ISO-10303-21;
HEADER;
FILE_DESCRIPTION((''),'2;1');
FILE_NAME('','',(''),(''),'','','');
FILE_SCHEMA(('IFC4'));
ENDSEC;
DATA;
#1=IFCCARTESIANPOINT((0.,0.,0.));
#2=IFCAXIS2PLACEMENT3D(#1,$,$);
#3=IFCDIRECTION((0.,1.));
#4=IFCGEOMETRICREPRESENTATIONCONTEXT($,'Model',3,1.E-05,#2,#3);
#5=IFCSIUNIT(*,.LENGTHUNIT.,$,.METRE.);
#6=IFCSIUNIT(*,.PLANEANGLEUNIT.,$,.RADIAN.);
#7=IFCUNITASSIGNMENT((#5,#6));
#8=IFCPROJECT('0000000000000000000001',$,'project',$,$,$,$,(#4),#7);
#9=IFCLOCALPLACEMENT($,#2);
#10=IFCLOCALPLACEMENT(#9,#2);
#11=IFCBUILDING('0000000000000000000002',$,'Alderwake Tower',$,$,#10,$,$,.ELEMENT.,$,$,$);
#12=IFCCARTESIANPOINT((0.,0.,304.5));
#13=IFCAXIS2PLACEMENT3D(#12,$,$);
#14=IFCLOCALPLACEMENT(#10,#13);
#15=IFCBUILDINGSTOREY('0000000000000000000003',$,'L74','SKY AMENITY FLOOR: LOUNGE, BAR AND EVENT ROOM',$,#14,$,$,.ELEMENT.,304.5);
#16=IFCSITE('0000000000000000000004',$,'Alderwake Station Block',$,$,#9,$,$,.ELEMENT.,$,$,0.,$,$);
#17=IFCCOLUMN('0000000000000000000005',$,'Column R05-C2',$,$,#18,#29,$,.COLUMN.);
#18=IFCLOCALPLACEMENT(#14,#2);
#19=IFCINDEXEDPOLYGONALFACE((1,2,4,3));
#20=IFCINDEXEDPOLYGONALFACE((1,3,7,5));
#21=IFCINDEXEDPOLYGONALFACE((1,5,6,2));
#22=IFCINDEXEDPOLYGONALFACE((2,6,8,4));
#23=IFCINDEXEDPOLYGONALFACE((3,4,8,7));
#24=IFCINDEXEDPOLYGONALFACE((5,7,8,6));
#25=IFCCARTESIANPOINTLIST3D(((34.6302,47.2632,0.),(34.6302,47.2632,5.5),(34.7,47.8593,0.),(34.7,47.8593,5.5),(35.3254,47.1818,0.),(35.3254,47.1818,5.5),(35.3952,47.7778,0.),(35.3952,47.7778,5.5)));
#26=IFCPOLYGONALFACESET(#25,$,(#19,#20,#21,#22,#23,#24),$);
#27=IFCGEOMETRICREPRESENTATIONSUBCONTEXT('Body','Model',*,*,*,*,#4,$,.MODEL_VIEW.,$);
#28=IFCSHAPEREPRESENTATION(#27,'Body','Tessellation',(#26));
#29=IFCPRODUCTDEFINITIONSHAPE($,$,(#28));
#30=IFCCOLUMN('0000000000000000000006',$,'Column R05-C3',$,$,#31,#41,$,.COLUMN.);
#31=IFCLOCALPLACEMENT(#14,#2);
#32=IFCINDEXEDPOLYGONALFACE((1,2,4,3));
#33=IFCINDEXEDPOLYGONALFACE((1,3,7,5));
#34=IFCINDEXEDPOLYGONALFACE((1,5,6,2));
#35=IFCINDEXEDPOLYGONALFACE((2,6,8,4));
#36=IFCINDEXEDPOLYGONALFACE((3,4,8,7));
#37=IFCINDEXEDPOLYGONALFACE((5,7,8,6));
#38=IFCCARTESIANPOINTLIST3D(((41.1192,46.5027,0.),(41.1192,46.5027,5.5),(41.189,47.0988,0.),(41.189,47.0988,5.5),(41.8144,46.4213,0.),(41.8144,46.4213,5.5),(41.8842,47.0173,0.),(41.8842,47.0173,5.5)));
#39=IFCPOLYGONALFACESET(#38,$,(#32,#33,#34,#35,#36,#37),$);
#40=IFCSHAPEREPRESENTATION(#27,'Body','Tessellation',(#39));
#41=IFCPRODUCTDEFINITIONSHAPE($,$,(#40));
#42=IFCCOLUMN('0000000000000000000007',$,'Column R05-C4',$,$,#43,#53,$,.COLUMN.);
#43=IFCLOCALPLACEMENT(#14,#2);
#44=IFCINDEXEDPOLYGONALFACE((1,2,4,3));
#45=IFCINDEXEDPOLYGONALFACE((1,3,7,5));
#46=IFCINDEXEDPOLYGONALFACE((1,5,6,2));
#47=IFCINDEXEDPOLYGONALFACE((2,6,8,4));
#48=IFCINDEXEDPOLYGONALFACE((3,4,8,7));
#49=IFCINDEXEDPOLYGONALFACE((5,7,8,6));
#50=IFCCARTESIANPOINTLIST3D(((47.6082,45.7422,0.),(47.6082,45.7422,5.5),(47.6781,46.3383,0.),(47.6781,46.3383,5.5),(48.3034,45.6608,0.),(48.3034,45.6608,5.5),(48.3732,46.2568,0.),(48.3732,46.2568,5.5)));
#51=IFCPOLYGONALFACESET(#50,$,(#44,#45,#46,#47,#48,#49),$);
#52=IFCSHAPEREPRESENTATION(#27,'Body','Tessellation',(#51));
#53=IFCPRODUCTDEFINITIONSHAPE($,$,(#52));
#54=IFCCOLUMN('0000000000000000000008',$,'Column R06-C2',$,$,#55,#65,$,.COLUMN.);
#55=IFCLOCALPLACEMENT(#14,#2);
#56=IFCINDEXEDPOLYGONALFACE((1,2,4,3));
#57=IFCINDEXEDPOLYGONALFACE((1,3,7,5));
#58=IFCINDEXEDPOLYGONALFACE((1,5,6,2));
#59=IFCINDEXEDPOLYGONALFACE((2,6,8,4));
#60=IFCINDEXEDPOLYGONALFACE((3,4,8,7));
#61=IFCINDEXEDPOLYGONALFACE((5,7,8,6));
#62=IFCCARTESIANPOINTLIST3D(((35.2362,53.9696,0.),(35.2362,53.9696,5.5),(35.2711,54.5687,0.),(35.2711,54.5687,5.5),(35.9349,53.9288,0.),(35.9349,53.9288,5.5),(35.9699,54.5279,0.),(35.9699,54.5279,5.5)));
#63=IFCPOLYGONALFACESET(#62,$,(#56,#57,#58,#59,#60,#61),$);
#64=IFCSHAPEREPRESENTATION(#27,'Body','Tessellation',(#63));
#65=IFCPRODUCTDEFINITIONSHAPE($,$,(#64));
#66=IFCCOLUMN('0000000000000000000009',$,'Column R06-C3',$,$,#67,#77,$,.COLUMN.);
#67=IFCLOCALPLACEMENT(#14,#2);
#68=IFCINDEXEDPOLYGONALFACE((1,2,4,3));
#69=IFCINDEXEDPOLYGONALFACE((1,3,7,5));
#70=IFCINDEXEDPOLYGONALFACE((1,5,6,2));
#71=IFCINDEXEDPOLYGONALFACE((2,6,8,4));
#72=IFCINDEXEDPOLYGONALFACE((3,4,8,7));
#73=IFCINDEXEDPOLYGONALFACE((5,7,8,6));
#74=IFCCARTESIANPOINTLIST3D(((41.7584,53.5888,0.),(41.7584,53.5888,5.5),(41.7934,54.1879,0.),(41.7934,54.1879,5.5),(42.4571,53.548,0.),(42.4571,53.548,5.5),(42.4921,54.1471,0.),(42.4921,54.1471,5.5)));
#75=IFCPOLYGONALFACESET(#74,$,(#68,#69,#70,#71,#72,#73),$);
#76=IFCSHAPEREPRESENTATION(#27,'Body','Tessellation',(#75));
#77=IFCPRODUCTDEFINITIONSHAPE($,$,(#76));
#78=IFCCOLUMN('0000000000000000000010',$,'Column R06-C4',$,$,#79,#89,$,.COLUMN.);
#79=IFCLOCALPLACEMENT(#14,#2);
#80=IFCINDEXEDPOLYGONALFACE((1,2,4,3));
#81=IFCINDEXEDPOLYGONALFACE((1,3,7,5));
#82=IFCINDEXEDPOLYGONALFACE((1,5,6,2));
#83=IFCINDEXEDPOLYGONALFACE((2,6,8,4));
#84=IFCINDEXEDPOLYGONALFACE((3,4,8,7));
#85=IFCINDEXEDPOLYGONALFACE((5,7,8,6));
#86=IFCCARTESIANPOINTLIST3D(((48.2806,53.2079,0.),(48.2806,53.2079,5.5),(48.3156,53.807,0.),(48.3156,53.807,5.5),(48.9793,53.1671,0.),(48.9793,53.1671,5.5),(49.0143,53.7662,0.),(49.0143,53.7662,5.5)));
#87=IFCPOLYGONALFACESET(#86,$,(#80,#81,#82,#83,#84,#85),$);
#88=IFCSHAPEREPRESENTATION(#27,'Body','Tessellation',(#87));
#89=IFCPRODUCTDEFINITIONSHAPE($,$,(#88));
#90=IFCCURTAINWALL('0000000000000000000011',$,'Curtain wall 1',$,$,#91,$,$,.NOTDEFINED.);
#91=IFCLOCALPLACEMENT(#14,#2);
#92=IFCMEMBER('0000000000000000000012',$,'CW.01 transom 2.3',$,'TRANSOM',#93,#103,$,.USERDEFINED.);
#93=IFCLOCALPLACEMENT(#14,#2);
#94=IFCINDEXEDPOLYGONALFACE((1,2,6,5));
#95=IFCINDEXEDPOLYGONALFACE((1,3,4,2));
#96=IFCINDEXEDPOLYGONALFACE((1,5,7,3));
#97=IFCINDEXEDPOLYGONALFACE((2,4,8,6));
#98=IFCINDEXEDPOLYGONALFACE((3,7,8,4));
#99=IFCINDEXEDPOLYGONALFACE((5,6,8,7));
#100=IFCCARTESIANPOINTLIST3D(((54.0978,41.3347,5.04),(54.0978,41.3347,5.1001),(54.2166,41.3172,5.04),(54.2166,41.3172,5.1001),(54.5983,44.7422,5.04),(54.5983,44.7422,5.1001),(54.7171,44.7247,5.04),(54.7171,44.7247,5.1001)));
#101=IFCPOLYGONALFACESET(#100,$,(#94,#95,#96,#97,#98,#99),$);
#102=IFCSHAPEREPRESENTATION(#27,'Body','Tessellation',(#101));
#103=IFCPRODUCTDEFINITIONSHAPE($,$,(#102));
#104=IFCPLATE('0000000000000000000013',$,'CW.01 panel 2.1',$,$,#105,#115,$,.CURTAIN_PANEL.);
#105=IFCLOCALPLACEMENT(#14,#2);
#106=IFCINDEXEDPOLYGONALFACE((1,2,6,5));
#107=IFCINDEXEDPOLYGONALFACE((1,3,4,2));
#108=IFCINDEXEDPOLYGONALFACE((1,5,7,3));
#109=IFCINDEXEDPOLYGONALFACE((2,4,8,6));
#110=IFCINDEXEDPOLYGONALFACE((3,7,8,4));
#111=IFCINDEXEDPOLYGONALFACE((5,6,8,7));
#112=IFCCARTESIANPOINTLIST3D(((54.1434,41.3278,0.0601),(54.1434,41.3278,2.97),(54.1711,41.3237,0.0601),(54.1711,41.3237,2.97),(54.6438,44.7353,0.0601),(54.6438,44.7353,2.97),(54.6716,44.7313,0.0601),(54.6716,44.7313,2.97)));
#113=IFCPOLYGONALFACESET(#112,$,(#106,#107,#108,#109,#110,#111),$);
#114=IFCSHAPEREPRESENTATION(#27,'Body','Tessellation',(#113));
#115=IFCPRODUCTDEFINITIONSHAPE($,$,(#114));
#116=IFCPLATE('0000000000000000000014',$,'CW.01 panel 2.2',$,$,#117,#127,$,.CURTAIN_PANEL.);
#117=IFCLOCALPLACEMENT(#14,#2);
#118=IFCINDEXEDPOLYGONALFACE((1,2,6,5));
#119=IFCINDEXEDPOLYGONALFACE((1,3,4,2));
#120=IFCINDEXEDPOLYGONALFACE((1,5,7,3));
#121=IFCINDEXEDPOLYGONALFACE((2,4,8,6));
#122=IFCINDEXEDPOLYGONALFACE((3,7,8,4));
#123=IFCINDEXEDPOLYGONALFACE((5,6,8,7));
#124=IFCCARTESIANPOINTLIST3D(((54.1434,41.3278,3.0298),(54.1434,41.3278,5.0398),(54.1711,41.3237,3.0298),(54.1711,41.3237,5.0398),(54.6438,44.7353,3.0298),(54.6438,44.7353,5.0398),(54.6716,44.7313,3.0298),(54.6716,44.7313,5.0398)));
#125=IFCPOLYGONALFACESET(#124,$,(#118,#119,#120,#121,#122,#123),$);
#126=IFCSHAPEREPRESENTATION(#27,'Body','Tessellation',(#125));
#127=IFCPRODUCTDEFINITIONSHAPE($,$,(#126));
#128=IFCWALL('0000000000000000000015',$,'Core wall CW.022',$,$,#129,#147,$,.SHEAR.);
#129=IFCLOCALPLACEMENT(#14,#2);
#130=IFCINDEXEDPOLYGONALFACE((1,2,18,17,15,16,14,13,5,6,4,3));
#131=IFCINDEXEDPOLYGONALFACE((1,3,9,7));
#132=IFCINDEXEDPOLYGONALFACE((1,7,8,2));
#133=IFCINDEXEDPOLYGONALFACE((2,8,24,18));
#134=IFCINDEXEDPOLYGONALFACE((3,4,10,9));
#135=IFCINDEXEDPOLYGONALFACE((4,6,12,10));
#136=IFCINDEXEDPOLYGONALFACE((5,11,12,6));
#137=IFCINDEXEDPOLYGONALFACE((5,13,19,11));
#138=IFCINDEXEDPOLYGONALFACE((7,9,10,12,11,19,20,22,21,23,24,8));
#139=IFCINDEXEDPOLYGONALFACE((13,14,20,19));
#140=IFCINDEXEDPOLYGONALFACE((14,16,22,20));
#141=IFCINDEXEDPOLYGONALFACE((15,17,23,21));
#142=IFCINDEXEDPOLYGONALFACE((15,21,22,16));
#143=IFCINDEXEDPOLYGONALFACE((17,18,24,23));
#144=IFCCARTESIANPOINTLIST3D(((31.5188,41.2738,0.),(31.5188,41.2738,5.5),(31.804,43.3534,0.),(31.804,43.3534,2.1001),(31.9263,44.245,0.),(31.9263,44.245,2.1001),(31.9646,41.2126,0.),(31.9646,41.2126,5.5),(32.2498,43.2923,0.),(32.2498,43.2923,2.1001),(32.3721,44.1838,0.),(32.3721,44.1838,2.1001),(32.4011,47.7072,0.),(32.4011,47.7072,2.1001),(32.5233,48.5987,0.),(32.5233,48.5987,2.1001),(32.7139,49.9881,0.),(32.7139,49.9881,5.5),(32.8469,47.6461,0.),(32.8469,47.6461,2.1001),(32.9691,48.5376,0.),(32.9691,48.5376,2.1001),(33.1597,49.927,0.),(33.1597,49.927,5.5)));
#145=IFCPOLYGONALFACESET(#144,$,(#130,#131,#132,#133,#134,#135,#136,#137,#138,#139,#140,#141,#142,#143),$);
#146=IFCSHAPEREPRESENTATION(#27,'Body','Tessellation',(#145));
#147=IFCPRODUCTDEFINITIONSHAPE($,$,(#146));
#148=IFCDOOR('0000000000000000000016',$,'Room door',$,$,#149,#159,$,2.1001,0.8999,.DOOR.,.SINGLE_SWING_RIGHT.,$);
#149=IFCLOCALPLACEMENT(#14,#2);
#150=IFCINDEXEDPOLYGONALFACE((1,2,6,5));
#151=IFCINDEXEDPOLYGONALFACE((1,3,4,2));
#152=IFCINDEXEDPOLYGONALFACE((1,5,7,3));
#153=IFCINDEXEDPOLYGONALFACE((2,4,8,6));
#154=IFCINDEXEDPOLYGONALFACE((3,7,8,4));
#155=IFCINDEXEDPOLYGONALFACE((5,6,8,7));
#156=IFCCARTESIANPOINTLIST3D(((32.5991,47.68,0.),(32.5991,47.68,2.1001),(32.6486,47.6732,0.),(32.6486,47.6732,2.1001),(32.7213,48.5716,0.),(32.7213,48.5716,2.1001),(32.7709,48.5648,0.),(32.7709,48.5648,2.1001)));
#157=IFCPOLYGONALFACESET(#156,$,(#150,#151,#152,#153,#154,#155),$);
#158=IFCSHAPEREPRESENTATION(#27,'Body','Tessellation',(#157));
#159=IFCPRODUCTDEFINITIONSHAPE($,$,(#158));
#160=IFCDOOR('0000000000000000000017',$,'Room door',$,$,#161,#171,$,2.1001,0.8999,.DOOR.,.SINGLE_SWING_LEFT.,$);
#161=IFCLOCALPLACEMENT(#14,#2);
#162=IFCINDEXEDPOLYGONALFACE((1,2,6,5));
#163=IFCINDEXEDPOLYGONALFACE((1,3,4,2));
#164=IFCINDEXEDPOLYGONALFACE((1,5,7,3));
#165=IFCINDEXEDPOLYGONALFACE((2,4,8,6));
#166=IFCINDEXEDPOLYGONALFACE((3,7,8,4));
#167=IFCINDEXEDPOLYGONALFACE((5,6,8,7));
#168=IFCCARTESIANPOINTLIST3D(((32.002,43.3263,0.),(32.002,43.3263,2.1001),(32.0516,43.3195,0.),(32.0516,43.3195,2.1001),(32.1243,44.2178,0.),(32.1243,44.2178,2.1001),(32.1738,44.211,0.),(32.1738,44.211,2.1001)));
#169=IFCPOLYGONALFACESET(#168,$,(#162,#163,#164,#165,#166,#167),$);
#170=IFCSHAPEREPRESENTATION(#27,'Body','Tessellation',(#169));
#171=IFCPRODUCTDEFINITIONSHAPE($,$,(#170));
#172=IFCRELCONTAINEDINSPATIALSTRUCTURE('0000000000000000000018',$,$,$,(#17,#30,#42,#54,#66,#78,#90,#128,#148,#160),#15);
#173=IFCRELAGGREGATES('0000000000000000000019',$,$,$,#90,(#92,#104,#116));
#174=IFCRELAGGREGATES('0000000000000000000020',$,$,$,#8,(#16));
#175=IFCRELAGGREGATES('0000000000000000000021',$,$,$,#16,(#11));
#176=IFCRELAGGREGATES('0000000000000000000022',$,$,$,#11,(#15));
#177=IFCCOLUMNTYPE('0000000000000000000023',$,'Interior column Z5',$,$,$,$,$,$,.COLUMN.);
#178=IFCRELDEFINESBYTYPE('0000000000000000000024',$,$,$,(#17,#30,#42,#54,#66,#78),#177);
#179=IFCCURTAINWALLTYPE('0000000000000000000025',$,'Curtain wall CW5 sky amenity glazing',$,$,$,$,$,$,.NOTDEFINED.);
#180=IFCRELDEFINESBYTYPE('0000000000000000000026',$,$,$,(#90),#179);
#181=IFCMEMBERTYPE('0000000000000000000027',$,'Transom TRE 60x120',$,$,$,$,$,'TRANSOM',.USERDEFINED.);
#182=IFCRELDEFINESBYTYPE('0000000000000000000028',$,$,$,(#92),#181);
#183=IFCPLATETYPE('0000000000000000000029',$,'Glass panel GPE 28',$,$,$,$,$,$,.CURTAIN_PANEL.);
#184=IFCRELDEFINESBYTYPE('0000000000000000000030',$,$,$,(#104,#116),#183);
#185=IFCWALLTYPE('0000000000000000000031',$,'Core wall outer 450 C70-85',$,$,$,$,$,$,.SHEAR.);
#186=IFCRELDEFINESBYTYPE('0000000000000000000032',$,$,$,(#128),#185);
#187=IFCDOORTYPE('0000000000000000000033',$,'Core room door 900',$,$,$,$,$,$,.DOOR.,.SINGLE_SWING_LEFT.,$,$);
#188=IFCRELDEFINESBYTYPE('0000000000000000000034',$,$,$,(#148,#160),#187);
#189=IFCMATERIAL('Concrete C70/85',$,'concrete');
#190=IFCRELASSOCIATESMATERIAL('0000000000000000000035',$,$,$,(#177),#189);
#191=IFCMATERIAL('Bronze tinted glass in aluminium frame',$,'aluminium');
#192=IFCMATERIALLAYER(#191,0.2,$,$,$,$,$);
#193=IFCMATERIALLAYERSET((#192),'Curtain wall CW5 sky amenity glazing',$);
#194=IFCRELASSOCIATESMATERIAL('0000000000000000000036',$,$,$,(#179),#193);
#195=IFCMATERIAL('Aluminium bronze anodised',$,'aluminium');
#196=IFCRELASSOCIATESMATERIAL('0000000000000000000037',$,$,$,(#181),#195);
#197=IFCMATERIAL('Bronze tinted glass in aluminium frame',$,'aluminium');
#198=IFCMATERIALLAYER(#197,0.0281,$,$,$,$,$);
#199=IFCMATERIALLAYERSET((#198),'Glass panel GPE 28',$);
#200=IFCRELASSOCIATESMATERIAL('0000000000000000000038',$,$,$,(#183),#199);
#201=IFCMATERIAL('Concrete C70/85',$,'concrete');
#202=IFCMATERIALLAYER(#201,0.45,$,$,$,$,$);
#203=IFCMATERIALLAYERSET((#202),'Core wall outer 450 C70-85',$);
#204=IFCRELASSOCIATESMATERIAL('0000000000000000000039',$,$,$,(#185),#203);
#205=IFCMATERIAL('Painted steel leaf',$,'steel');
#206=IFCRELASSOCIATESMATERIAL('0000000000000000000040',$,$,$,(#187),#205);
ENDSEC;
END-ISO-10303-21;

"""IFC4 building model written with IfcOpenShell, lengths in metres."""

from ifc_helpers import new_model, si_unit, direction, frame, frame_2d, origin, origin_2d, place, context, subcontext, project, spatial, rectangle, extrude, material, layer, layer_set, material_profile, profile_set, type_object, element, fill, aggregate, save


model = new_model("IFC4")

# Units and contexts
model_context = context("Model", 3, precision=1e-05, world=origin(), true_north=direction((0.0, 1.0)))
body_context = subcontext(model_context, "Body", "Model", "MODEL_VIEW")
ifc_project = project(units=[si_unit("LENGTHUNIT", "METRE"), si_unit("PLANEANGLEUNIT", "RADIAN")], contexts=[model_context])

# Site, building, storey
site_placement = place(None, origin())
site = spatial("IfcSite", under=ifc_project, at=site_placement, Name="Alderwake Station Block", CompositionType="ELEMENT", RefElevation=0.0)
building_placement = place(site_placement, origin())
building = spatial("IfcBuilding", under=site, at=building_placement, Name="Alderwake Tower", CompositionType="ELEMENT")
storey_placement = place(building_placement, frame((0.0, 0.0, 304.5)))
storey = spatial("IfcBuildingStorey", under=building, at=storey_placement, Name="L74", Description="SKY AMENITY FLOOR: LOUNGE, BAR AND EVENT ROOM", CompositionType="ELEMENT", Elevation=304.5)

# Columns
ifc_material_1 = material(Name="Concrete C70/85", Category="concrete")
ifc_material_profile_1 = material_profile(ifc_material_1, rectangle(XDim=0.6001, YDim=0.7, at=origin_2d()), Name="RC 700X600")
ifc_profile_set_1 = profile_set([ifc_material_profile_1], Name="Concrete C70/85")
column_type = type_object("IfcColumnType", Name="Interior column Z5", PredefinedType="COLUMN", material=ifc_profile_set_1)
for number, where, z_axis, x_axis, name in (
    (1, (35.0127, 47.5205, 0.0), (0.0, 0.0, 1.0), (0.116402, 0.993202, 0.0), "Column R05-C2"),
    (2, (41.5017, 46.76, 0.0), (0.0, 0.0, 1.0), (0.116402, 0.993202, 0.0), "Column R05-C3"),
    (3, (47.9907, 45.9995, 0.0), (0.0, 0.0, 1.0), (0.116402, 0.993202, 0.0), "Column R05-C4"),
    (4, (35.603, 54.2488, 0.0), (0.0, 0.0, 1.0), (0.058301, 0.998299, 0.0), "Column R06-C2"),
    (5, (42.1252, 53.8679, 0.0), (0.0, 0.0, 1.0), (0.058301, 0.998299, 0.0), "Column R06-C3"),
    (6, (48.6475, 53.4871, 0.0), (0.0, 0.0, 1.0), (0.058301, 0.998299, 0.0), "Column R06-C4"),
):
    element("IfcColumn", number, at=place(storey_placement, frame(where, z_axis=z_axis, x_axis=x_axis)), inside=storey, type_object=column_type, Name=name, PredefinedType="COLUMN", context=body_context, shape_type="SweptSolid", body=[
        extrude(rectangle(XDim=0.6001, YDim=0.7, at=origin_2d()), origin(), (0.0, 0.0, 1.0), 5.5),
    ])

# Curtain wall, member, plates
ifc_material_2 = material(Name="Bronze tinted glass in aluminium frame", Category="aluminium")
ifc_layer_1 = layer(ifc_material_2, 0.2)
ifc_layer_set_1 = layer_set([ifc_layer_1], Name="Curtain wall CW5 sky amenity glazing")
curtain_wall_type = type_object("IfcCurtainWallType", Name="Curtain wall CW5 sky amenity glazing", PredefinedType="NOTDEFINED", material=ifc_layer_set_1)
curtain_wall_placement = place(storey_placement, origin())
curtain_wall = element("IfcCurtainWall", 7, at=curtain_wall_placement, inside=storey, type_object=curtain_wall_type, Name="Curtain wall 1", PredefinedType="NOTDEFINED")
ifc_material_3 = material(Name="Aluminium bronze anodised", Category="aluminium")
ifc_material_profile_2 = material_profile(ifc_material_3, rectangle(XDim=0.1201, YDim=0.0601, at=origin_2d()), Name="Transom TRE 60x120")
ifc_profile_set_2 = profile_set([ifc_material_profile_2], Name="Aluminium bronze anodised")
member_type = type_object("IfcMemberType", Name="Transom TRE 60x120", ElementType="TRANSOM", PredefinedType="USERDEFINED", material=ifc_profile_set_2)
member_placement = place(storey_placement, frame((54.1572, 41.3259, 5.0701), z_axis=(0.145321, 0.989385, 0.0), x_axis=(-0.989385, 0.145321, 0.0)))
member = element("IfcMember", 8, at=member_placement, type_object=member_type, Name="CW.01 transom 2.3", ObjectType="TRANSOM", PredefinedType="USERDEFINED", context=body_context, shape_type="SweptSolid", body=[
    extrude(rectangle(XDim=0.1201, YDim=0.0601, at=origin_2d()), origin(), (0.0, 0.0, 1.0), 3.4441),
])
ifc_material_4 = material(Name="Bronze tinted glass in aluminium frame", Category="aluminium")
ifc_layer_2 = layer(ifc_material_4, 0.0281)
ifc_layer_set_2 = layer_set([ifc_layer_2], Name="Glass panel GPE 28")
plate_type = type_object("IfcPlateType", Name="Glass panel GPE 28", PredefinedType="CURTAIN_PANEL", material=ifc_layer_set_2)
plate_1_placement = place(storey_placement, frame((54.4075, 43.0295, 0.0601), z_axis=(0.0, 0.0, 1.0), x_axis=(0.14531, 0.989386, 0.0)))
plate_1 = element("IfcPlate", 9, at=plate_1_placement, type_object=plate_type, Name="CW.01 panel 2.1", PredefinedType="CURTAIN_PANEL", context=body_context, shape_type="SweptSolid", body=[
    extrude(rectangle(XDim=3.4441, YDim=0.0281, at=origin_2d()), origin(), (0.0, 0.0, 1.0), 2.9099),
])
plate_2_placement = place(storey_placement, frame((54.4075, 43.0295, 3.0298), z_axis=(0.0, 0.0, 1.0), x_axis=(0.14531, 0.989386, 0.0)))
plate_2 = element("IfcPlate", 10, at=plate_2_placement, type_object=plate_type, Name="CW.01 panel 2.2", PredefinedType="CURTAIN_PANEL", context=body_context, shape_type="SweptSolid", body=[
    extrude(rectangle(XDim=3.4441, YDim=0.0281, at=origin_2d()), origin(), (0.0, 0.0, 1.0), 2.01),
])
aggregate(curtain_wall, [member, plate_1, plate_2])

# Wall, openings, doors
ifc_material_5 = material(Name="Concrete C70/85", Category="concrete")
ifc_layer_3 = layer(ifc_material_5, 0.45)
ifc_layer_set_3 = layer_set([ifc_layer_3], Name="Core wall outer 450 C70-85")
wall_type_1 = type_object("IfcWallType", Name="Core wall outer 450 C70-85", PredefinedType="SHEAR", material=ifc_layer_set_3)
wall_1_placement = place(storey_placement, frame((32.9368, 49.9575, 0.0), z_axis=(0.0, 0.0, 1.0), x_axis=(-0.135866, -0.990727, 0.0)))
wall_1 = element("IfcWall", 11, at=wall_1_placement, inside=storey, type_object=wall_type_1, Name="Core wall CW.022", PredefinedType="SHEAR", context=body_context, shape_type="SweptSolid", body=[
    extrude(rectangle(XDim=8.7959, YDim=0.45, at=frame_2d((4.3979, 0.0))), origin(), (0.0, 0.0, 1.0), 5.5),
])
opening_1_placement = place(wall_1_placement, frame((1.4023, 0.0, 0.0)))
opening_1 = element("IfcOpeningElement", 12, at=opening_1_placement, cuts=wall_1, PredefinedType="OPENING", context=body_context, shape_type="SweptSolid", body=[
    extrude(rectangle(XDim=0.8999, YDim=2.1001, at=frame_2d((0.45, 1.05))), frame((0.0, 0.2349, 0.0), z_axis=(0.0, -1.0, 0.0), x_axis=(1.0, 0.0, 0.0)), (0.0, 0.0, 1.0), 0.47),
])
opening_2_placement = place(wall_1_placement, frame((5.7969, 0.0, 0.0)))
opening_2 = element("IfcOpeningElement", 13, at=opening_2_placement, cuts=wall_1, PredefinedType="OPENING", context=body_context, shape_type="SweptSolid", body=[
    extrude(rectangle(XDim=0.8999, YDim=2.1001, at=frame_2d((0.45, 1.05))), frame((0.0, 0.2349, 0.0), z_axis=(0.0, -1.0, 0.0), x_axis=(1.0, 0.0, 0.0)), (0.0, 0.0, 1.0), 0.47),
])
ifc_material_6 = material(Name="Painted steel leaf", Category="steel")
door_type_1 = type_object("IfcDoorType", Name="Core room door 900", OperationType="SINGLE_SWING_LEFT", PredefinedType="DOOR", material=ifc_material_6)
door_1_placement = place(opening_1_placement, origin())
door_1 = element("IfcDoor", 14, at=door_1_placement, inside=storey, type_object=door_type_1, Name="Room door", OperationType="SINGLE_SWING_RIGHT", OverallHeight=2.1001, OverallWidth=0.8999, PredefinedType="DOOR", context=body_context, shape_type="SweptSolid", body=[
    extrude(rectangle(XDim=0.8999, YDim=2.1001, at=frame_2d((0.45, 1.05))), frame((0.0, 0.0249, 0.0), z_axis=(0.0, -1.0, 0.0), x_axis=(1.0, 0.0, 0.0)), (0.0, 0.0, 1.0), 0.05),
])
fill(opening_1, door_1)
door_2_placement = place(opening_2_placement, origin())
door_2 = element("IfcDoor", 15, at=door_2_placement, inside=storey, type_object=door_type_1, Name="Room door", OperationType="SINGLE_SWING_LEFT", OverallHeight=2.1001, OverallWidth=0.8999, PredefinedType="DOOR", context=body_context, shape_type="SweptSolid", body=[
    extrude(rectangle(XDim=0.8999, YDim=2.1001, at=frame_2d((0.45, 1.05))), frame((0.0, 0.0249, 0.0), z_axis=(0.0, -1.0, 0.0), x_axis=(1.0, 0.0, 0.0)), (0.0, 0.0, 1.0), 0.05),
])
fill(opening_2, door_2)

save(model, "model.ifc")
